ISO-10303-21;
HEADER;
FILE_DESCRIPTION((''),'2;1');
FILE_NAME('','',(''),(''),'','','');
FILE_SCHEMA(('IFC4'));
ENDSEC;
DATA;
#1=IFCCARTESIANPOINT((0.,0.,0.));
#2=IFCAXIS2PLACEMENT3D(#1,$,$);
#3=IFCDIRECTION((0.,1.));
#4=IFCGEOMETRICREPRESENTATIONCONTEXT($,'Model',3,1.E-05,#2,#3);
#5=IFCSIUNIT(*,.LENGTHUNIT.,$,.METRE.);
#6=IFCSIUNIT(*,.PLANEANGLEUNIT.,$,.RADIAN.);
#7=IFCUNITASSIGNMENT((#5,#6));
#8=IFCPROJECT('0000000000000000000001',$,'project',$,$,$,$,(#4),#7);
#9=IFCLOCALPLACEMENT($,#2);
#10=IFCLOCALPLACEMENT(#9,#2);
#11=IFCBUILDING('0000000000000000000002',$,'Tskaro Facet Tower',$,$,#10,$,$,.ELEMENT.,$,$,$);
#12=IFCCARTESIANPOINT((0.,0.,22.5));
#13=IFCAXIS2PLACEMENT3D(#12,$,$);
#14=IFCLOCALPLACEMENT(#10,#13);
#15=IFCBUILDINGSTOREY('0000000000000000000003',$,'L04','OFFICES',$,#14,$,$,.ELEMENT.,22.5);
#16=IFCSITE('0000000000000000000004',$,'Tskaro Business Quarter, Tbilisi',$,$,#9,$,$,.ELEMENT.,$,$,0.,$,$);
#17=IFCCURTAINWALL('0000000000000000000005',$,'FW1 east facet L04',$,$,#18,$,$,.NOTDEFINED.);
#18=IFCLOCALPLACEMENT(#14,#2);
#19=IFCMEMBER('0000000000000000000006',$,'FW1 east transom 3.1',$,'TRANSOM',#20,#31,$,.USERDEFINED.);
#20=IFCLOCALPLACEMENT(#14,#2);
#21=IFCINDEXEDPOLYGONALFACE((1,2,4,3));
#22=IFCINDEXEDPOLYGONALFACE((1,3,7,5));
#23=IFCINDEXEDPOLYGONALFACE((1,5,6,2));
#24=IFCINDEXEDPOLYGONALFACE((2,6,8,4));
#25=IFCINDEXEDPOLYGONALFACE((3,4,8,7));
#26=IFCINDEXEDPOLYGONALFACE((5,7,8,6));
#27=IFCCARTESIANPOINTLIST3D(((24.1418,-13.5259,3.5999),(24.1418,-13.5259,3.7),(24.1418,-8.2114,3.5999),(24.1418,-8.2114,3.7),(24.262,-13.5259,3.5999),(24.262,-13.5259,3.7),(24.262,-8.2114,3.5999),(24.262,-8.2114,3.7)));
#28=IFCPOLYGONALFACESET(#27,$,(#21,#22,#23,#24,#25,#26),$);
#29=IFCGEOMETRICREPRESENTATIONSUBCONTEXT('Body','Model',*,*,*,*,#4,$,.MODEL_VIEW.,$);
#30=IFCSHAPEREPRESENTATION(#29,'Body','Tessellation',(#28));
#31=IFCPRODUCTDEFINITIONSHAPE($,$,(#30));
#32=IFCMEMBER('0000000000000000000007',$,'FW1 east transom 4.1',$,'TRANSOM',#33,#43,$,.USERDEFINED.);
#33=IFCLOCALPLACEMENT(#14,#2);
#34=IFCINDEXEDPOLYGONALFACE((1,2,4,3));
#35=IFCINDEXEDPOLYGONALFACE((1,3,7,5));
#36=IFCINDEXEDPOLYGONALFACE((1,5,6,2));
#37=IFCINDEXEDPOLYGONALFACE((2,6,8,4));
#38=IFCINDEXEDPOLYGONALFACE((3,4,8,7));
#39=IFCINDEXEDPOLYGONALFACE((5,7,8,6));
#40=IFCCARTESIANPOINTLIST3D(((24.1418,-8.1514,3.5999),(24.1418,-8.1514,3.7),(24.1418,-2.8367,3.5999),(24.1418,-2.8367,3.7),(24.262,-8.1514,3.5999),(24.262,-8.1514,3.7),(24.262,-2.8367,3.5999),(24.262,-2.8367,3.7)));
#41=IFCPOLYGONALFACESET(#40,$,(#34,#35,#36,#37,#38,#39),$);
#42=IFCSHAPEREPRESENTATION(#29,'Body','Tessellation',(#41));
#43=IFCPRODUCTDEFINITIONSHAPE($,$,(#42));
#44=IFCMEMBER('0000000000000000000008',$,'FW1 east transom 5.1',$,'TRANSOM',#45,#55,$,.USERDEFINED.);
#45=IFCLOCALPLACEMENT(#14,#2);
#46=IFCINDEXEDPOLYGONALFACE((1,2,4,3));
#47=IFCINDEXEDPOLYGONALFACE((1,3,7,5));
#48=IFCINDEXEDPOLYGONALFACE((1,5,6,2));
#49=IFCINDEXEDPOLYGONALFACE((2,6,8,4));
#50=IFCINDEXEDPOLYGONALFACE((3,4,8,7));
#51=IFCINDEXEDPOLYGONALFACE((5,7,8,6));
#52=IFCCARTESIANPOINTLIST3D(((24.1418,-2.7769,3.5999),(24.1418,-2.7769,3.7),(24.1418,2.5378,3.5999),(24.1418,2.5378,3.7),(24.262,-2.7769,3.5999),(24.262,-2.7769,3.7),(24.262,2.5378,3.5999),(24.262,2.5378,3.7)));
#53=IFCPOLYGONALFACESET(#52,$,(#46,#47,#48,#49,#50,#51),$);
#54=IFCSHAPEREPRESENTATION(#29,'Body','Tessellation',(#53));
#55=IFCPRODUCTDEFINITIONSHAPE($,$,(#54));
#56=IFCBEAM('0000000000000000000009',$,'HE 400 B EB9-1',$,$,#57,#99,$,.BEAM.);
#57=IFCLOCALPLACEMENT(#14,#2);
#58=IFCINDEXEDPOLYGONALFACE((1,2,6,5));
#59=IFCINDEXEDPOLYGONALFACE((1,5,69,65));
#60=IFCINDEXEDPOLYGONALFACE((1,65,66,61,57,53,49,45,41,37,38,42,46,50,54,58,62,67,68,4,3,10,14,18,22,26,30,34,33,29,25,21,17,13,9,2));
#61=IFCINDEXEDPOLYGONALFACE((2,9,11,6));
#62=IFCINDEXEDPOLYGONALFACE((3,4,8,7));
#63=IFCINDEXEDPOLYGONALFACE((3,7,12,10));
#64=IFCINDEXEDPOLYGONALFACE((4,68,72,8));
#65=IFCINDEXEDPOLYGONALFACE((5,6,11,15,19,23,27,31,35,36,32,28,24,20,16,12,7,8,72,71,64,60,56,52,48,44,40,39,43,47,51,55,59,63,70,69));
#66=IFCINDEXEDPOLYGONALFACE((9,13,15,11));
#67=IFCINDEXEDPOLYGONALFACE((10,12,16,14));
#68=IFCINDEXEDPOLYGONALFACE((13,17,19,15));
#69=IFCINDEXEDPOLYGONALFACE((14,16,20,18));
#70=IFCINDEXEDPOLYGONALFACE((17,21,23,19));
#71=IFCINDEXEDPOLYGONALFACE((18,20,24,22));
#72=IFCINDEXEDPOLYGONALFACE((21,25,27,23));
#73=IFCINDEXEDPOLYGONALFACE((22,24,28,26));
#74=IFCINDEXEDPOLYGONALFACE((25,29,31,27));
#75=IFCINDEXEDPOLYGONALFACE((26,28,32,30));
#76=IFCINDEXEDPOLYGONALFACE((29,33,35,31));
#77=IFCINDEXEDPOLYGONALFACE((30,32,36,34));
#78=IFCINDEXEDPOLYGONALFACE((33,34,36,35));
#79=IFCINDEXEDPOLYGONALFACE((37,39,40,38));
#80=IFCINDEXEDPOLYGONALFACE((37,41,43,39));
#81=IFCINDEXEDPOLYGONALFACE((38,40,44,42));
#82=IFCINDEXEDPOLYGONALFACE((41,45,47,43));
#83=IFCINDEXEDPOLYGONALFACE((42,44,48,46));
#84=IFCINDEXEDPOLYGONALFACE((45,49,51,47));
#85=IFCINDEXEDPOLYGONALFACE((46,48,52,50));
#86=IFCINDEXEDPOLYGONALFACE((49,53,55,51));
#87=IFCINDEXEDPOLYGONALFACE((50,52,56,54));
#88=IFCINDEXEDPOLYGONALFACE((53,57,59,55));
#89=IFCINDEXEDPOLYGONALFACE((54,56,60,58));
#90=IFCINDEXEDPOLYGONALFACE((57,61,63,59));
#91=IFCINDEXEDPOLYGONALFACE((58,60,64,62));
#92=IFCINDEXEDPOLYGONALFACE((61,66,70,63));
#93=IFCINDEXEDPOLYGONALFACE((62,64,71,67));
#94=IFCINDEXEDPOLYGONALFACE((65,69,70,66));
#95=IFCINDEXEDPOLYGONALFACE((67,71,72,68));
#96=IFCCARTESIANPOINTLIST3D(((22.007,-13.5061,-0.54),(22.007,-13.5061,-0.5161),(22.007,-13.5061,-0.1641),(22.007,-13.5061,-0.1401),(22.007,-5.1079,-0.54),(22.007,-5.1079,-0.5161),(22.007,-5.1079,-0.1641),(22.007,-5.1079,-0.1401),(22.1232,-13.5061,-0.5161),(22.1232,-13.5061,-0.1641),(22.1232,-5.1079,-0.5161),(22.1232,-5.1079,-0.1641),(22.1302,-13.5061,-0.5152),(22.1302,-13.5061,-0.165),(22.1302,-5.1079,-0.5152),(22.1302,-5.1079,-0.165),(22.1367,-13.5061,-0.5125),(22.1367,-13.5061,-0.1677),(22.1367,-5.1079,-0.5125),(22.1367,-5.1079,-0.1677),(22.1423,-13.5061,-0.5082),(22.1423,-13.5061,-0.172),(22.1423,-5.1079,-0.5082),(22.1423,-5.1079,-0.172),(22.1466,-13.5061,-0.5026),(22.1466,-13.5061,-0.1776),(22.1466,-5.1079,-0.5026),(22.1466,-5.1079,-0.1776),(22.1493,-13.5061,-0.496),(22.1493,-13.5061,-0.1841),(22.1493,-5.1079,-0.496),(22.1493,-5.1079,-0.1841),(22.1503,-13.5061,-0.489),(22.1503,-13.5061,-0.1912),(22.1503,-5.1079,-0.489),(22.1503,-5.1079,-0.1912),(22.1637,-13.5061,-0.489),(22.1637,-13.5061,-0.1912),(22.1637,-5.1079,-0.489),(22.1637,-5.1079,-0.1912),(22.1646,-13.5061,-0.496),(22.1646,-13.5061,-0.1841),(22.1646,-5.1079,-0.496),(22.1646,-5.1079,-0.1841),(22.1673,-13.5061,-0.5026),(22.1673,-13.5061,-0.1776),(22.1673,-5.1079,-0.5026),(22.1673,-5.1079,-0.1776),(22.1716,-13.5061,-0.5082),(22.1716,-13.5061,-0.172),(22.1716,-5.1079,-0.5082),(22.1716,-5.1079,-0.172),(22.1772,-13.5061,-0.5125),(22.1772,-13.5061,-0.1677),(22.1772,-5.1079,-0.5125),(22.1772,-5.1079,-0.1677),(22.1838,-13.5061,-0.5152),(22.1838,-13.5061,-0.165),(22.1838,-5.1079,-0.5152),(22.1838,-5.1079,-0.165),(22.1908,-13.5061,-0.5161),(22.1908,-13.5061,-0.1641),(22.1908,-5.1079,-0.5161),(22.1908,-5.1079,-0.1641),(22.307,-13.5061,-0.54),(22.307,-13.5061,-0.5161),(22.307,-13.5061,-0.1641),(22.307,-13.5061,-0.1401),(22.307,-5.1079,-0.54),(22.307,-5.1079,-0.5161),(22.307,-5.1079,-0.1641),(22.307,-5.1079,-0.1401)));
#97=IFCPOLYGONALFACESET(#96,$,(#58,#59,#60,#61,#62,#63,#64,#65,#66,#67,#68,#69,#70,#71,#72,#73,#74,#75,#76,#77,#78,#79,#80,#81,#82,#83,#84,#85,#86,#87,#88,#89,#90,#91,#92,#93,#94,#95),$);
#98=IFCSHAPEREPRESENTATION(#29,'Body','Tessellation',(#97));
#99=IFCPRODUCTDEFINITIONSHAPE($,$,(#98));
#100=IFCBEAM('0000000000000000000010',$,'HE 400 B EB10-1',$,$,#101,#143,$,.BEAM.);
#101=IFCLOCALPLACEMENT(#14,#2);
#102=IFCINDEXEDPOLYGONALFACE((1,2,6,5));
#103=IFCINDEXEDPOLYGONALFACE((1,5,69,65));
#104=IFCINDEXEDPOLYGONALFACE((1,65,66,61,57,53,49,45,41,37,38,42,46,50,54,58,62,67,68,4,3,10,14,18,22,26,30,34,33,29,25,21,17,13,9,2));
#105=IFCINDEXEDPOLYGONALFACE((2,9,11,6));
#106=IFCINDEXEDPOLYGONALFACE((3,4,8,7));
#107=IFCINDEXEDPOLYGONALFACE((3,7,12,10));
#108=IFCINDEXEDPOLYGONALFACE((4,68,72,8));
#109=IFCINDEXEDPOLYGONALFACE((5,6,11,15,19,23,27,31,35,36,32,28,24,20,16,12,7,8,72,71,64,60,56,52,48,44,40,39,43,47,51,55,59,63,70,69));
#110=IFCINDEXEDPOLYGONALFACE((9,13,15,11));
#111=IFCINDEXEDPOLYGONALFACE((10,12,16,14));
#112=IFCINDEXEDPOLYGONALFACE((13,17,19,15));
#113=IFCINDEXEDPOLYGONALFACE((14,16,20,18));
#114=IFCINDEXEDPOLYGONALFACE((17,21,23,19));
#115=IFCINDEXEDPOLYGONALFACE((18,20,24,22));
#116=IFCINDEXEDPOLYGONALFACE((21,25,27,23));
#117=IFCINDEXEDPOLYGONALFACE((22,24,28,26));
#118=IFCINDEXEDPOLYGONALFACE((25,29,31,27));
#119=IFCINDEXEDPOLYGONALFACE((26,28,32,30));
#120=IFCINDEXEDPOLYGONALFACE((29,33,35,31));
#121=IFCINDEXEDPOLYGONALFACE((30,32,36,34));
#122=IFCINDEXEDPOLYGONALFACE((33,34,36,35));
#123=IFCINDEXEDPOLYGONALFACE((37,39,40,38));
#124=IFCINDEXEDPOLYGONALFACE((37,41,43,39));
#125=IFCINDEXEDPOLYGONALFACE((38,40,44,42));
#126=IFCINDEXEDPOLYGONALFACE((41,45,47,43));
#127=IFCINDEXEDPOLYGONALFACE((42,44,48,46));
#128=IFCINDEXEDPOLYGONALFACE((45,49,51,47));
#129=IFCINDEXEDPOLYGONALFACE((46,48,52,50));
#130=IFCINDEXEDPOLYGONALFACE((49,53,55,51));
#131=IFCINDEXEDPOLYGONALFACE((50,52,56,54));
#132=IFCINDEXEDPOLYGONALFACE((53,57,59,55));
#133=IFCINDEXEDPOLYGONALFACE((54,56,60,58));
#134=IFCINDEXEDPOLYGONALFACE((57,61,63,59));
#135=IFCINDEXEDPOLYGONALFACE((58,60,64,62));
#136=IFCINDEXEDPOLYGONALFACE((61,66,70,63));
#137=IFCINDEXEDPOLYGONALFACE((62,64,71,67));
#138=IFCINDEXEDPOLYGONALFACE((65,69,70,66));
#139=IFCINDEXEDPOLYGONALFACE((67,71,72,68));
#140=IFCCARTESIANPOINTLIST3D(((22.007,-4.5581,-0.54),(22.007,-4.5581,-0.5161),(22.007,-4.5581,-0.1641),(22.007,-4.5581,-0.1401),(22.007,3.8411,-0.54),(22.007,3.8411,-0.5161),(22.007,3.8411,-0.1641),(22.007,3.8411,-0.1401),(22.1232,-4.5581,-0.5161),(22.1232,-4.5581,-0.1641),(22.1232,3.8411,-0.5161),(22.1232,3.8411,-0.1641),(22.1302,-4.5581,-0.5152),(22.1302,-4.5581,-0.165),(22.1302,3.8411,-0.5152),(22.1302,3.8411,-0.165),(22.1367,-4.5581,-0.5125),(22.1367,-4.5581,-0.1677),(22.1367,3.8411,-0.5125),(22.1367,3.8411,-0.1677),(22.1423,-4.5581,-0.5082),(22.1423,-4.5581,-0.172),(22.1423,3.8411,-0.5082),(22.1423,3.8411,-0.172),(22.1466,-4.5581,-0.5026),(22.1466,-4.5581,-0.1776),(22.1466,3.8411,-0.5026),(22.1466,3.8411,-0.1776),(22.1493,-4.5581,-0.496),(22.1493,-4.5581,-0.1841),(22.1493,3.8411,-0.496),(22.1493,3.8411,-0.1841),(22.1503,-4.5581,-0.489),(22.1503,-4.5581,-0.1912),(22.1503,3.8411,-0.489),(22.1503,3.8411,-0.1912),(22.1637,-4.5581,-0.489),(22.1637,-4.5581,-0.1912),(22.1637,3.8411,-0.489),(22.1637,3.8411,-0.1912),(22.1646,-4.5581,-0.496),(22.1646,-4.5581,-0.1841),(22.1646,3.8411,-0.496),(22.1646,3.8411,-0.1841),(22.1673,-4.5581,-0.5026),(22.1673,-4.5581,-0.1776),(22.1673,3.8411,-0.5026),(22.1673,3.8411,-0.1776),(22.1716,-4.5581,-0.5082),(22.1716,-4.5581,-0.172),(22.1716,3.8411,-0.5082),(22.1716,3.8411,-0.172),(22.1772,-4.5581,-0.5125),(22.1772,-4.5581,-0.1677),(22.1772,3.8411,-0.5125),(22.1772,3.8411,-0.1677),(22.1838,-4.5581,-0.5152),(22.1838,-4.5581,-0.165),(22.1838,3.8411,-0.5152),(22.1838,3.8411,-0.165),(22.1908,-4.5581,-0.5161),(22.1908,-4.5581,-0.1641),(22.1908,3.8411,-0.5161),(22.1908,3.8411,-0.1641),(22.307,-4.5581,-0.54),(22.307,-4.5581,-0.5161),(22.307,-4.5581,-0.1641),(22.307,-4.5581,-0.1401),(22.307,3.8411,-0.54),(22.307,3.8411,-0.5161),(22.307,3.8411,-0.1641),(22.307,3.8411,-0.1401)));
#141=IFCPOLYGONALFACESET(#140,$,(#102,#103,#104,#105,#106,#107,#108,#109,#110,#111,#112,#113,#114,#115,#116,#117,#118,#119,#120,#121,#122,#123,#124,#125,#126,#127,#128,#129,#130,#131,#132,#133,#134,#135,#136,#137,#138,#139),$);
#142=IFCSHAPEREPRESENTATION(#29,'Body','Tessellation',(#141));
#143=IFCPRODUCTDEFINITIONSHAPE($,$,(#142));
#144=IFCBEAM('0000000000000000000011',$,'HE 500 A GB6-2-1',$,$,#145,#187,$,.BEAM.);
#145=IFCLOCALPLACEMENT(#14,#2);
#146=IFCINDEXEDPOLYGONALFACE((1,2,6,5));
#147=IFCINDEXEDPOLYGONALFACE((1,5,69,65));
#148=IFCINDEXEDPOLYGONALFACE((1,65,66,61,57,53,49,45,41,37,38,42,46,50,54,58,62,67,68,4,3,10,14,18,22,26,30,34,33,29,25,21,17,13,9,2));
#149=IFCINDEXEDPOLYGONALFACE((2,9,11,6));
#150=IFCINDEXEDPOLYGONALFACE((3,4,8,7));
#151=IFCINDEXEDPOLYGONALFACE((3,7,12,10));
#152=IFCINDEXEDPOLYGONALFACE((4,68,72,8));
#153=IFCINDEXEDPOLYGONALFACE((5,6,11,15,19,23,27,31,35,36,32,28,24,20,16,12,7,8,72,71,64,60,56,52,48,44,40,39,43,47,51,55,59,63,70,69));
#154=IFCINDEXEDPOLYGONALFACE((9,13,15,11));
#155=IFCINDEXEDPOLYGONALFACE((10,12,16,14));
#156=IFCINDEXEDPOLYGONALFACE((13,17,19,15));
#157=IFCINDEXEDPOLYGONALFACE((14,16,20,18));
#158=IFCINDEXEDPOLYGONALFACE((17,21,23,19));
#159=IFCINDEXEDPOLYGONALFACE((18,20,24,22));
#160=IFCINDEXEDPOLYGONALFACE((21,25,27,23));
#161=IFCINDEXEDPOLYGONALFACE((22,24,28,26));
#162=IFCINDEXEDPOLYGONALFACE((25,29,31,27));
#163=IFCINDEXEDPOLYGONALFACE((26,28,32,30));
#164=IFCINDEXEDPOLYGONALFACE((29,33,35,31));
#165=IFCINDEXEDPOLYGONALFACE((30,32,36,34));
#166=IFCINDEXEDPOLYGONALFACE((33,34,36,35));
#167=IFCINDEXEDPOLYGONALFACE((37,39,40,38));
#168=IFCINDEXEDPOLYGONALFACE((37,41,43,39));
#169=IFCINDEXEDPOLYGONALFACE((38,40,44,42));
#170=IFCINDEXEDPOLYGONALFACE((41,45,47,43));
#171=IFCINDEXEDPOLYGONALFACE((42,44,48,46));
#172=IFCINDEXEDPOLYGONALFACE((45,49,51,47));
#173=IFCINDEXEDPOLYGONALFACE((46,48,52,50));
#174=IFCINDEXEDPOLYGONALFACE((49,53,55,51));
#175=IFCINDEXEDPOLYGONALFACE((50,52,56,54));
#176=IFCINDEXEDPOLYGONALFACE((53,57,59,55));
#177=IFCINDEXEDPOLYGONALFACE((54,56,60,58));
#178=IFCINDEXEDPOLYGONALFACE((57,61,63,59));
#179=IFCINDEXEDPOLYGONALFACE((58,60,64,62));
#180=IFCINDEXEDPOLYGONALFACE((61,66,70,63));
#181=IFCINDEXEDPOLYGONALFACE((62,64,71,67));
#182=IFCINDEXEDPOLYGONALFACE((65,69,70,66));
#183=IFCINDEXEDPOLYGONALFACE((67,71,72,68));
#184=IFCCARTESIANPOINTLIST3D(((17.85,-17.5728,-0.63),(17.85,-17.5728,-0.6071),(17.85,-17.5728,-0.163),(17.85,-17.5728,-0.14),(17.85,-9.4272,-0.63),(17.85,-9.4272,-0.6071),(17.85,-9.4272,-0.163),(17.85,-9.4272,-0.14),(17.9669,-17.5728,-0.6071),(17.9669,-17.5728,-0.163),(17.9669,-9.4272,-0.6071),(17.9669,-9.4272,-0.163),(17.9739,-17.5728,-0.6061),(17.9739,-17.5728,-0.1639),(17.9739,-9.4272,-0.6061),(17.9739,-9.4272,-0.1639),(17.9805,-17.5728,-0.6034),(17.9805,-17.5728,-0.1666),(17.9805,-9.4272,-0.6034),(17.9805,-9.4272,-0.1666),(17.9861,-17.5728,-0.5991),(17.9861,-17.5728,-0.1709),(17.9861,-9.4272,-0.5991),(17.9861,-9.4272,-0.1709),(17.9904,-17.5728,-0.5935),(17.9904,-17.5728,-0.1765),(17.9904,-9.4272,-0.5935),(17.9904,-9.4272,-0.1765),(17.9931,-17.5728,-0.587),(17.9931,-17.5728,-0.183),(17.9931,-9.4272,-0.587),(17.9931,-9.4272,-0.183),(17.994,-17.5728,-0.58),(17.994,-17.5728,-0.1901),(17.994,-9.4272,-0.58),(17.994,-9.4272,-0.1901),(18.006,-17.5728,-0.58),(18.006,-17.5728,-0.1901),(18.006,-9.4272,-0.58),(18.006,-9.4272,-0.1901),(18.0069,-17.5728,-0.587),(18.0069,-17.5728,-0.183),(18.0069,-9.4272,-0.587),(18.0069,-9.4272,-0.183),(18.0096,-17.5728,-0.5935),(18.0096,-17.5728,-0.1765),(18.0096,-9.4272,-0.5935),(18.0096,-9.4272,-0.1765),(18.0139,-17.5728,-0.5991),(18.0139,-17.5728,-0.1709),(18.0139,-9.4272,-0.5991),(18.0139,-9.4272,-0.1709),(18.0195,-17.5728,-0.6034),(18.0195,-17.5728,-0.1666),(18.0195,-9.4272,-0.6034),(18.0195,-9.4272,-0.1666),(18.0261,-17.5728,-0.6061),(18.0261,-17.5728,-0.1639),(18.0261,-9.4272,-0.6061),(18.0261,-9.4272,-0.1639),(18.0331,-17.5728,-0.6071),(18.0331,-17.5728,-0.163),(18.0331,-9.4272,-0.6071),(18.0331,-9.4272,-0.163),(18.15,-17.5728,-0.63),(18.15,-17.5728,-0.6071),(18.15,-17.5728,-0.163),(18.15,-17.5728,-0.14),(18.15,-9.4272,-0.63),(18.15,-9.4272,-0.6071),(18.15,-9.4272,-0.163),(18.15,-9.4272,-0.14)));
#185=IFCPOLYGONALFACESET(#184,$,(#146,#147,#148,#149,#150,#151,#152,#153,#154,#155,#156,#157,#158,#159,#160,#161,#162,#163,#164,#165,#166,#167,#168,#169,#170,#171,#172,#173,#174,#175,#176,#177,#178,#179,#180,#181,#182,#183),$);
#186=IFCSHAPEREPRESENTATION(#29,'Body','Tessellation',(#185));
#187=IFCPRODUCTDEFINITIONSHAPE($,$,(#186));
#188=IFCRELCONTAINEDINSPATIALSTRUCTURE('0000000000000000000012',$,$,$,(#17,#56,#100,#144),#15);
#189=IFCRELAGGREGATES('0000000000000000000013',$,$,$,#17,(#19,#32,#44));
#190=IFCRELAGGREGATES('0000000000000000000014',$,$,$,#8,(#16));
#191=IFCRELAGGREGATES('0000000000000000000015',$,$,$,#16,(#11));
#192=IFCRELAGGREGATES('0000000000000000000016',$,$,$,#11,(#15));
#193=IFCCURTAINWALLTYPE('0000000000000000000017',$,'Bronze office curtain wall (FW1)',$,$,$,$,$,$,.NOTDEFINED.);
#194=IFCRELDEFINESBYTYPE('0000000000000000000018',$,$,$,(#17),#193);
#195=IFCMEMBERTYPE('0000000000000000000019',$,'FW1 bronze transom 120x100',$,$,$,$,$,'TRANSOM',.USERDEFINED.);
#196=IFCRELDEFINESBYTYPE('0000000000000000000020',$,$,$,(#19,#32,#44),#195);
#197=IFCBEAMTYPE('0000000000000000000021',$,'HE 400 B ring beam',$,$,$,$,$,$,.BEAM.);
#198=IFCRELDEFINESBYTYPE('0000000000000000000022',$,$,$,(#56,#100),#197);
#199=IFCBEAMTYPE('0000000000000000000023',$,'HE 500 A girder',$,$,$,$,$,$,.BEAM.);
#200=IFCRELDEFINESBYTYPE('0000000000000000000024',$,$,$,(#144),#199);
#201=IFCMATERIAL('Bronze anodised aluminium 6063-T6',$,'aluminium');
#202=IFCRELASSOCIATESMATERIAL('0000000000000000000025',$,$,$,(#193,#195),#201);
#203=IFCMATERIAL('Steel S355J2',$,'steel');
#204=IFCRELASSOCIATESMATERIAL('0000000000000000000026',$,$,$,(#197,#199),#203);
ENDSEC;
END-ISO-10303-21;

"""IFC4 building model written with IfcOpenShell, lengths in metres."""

from ifc_helpers import new_model, si_unit, direction, frame, origin, origin_2d, place, context, subcontext, project, spatial, rectangle, i_section, extrude, material, material_profile, profile_set, type_object, element, aggregate, save


model = new_model("IFC4")

# Units and contexts
model_context = context("Model", 3, precision=1e-05, world=origin(), true_north=direction((0.0, 1.0)))
body_context = subcontext(model_context, "Body", "Model", "MODEL_VIEW")
ifc_project = project(units=[si_unit("LENGTHUNIT", "METRE"), si_unit("PLANEANGLEUNIT", "RADIAN")], contexts=[model_context])

# Site, building, storey
site_placement = place(None, origin())
site = spatial("IfcSite", under=ifc_project, at=site_placement, Name="Tskaro Business Quarter, Tbilisi", CompositionType="ELEMENT", RefElevation=0.0)
building_placement = place(site_placement, origin())
building = spatial("IfcBuilding", under=site, at=building_placement, Name="Tskaro Facet Tower", CompositionType="ELEMENT")
storey_placement = place(building_placement, frame((0.0, 0.0, 22.5)))
storey = spatial("IfcBuildingStorey", under=building, at=storey_placement, Name="L04", Description="OFFICES", CompositionType="ELEMENT", Elevation=22.5)

# Curtain wall, members
ifc_material_1 = material(Name="Bronze anodised aluminium 6063-T6", Category="aluminium")
curtain_wall_type = type_object("IfcCurtainWallType", Name="Bronze office curtain wall (FW1)", PredefinedType="NOTDEFINED", material=ifc_material_1)
curtain_wall_placement = place(storey_placement, origin())
curtain_wall = element("IfcCurtainWall", 1, at=curtain_wall_placement, inside=storey, type_object=curtain_wall_type, Name="FW1 east facet L04", PredefinedType="NOTDEFINED")
ifc_material_profile_1 = material_profile(ifc_material_1, rectangle(XDim=0.1201, YDim=0.1001, at=origin_2d()), Name="Transom 120x100")
ifc_profile_set_1 = profile_set([ifc_material_profile_1], Name="Bronze anodised aluminium 6063-T6")
member_type_1 = type_object("IfcMemberType", Name="FW1 bronze transom 120x100", ElementType="TRANSOM", PredefinedType="USERDEFINED", material=ifc_profile_set_1)
member_1_placement = place(storey_placement, frame((24.2019, -13.5259, 3.6499), z_axis=(0.0, 1.0, 0.0), x_axis=(-1.0, 0.0, 0.0)))
member_1 = element("IfcMember", 2, at=member_1_placement, type_object=member_type_1, Name="FW1 east transom 3.1", ObjectType="TRANSOM", PredefinedType="USERDEFINED", context=body_context, shape_type="SweptSolid", body=[
    extrude(rectangle(XDim=0.1201, YDim=0.1001, at=origin_2d()), origin(), (0.0, 0.0, 1.0), 5.3145),
])
member_2_placement = place(storey_placement, frame((24.2019, -8.1514, 3.6499), z_axis=(0.0, 1.0, 0.0), x_axis=(-1.0, 0.0, 0.0)))
member_2 = element("IfcMember", 3, at=member_2_placement, type_object=member_type_1, Name="FW1 east transom 4.1", ObjectType="TRANSOM", PredefinedType="USERDEFINED", context=body_context, shape_type="SweptSolid", body=[
    extrude(rectangle(XDim=0.1201, YDim=0.1001, at=origin_2d()), origin(), (0.0, 0.0, 1.0), 5.3147),
])
member_3_placement = place(storey_placement, frame((24.2019, -2.7769, 3.6499), z_axis=(0.0, 1.0, 0.0), x_axis=(-1.0, 0.0, 0.0)))
member_3 = element("IfcMember", 4, at=member_3_placement, type_object=member_type_1, Name="FW1 east transom 5.1", ObjectType="TRANSOM", PredefinedType="USERDEFINED", context=body_context, shape_type="SweptSolid", body=[
    extrude(rectangle(XDim=0.1201, YDim=0.1001, at=origin_2d()), origin(), (0.0, 0.0, 1.0), 5.3147),
])

# Beams
ifc_material_2 = material(Name="Steel S355J2", Category="steel")
ifc_material_profile_2 = material_profile(ifc_material_2, i_section(OverallWidth=0.3, OverallDepth=0.3999, WebThickness=0.0134, FlangeThickness=0.0239, FilletRadius=0.0271, at=origin_2d()), Name="HE 400 B")
ifc_profile_set_2 = profile_set([ifc_material_profile_2], Name="Steel S355J2")
beam_type_1 = type_object("IfcBeamType", Name="HE 400 B ring beam", PredefinedType="BEAM", material=ifc_profile_set_2)
beam_1_placement = place(storey_placement, frame((22.157, -13.5061, -0.3401), z_axis=(0.0, 1.0, 0.0), x_axis=(-1.0, 0.0, 0.0)))
element("IfcBeam", 5, at=beam_1_placement, inside=storey, type_object=beam_type_1, Name="HE 400 B EB9-1", PredefinedType="BEAM", context=body_context, shape_type="SweptSolid", body=[
    extrude(i_section(OverallWidth=0.3, OverallDepth=0.3999, WebThickness=0.0134, FlangeThickness=0.0239, FilletRadius=0.0271, at=origin_2d()), origin(), (0.0, 0.0, 1.0), 8.3982),
])
beam_2_placement = place(storey_placement, frame((22.157, -4.5581, -0.3401), z_axis=(0.0, 1.0, 0.0), x_axis=(-1.0, 0.0, 0.0)))
element("IfcBeam", 6, at=beam_2_placement, inside=storey, type_object=beam_type_1, Name="HE 400 B EB10-1", PredefinedType="BEAM", context=body_context, shape_type="SweptSolid", body=[
    extrude(i_section(OverallWidth=0.3, OverallDepth=0.3999, WebThickness=0.0134, FlangeThickness=0.0239, FilletRadius=0.0271, at=origin_2d()), origin(), (0.0, 0.0, 1.0), 8.3992),
])
ifc_material_profile_3 = material_profile(ifc_material_2, i_section(OverallWidth=0.3, OverallDepth=0.49, WebThickness=0.012, FlangeThickness=0.0229, FilletRadius=0.0271, at=origin_2d()), Name="HE 500 A")
ifc_profile_set_3 = profile_set([ifc_material_profile_3], Name="Steel S355J2")
beam_type_2 = type_object("IfcBeamType", Name="HE 500 A girder", PredefinedType="BEAM", material=ifc_profile_set_3)
for number, where, z_axis, x_axis, name in (
    (7, (18.0, -17.5728, -0.385), (0.0, 1.0, 0.0), (-1.0, 0.0, 0.0), "HE 500 A GB6-2-1"),
):
    element("IfcBeam", number, at=place(storey_placement, frame(where, z_axis=z_axis, x_axis=x_axis)), inside=storey, type_object=beam_type_2, Name=name, PredefinedType="BEAM", context=body_context, shape_type="SweptSolid", body=[
        extrude(i_section(OverallWidth=0.3, OverallDepth=0.49, WebThickness=0.012, FlangeThickness=0.0229, FilletRadius=0.0271, at=origin_2d()), origin(), (0.0, 0.0, 1.0), 8.1455),
    ])

aggregate(curtain_wall, [member_1, member_2, member_3])

save(model, "model.ifc")
